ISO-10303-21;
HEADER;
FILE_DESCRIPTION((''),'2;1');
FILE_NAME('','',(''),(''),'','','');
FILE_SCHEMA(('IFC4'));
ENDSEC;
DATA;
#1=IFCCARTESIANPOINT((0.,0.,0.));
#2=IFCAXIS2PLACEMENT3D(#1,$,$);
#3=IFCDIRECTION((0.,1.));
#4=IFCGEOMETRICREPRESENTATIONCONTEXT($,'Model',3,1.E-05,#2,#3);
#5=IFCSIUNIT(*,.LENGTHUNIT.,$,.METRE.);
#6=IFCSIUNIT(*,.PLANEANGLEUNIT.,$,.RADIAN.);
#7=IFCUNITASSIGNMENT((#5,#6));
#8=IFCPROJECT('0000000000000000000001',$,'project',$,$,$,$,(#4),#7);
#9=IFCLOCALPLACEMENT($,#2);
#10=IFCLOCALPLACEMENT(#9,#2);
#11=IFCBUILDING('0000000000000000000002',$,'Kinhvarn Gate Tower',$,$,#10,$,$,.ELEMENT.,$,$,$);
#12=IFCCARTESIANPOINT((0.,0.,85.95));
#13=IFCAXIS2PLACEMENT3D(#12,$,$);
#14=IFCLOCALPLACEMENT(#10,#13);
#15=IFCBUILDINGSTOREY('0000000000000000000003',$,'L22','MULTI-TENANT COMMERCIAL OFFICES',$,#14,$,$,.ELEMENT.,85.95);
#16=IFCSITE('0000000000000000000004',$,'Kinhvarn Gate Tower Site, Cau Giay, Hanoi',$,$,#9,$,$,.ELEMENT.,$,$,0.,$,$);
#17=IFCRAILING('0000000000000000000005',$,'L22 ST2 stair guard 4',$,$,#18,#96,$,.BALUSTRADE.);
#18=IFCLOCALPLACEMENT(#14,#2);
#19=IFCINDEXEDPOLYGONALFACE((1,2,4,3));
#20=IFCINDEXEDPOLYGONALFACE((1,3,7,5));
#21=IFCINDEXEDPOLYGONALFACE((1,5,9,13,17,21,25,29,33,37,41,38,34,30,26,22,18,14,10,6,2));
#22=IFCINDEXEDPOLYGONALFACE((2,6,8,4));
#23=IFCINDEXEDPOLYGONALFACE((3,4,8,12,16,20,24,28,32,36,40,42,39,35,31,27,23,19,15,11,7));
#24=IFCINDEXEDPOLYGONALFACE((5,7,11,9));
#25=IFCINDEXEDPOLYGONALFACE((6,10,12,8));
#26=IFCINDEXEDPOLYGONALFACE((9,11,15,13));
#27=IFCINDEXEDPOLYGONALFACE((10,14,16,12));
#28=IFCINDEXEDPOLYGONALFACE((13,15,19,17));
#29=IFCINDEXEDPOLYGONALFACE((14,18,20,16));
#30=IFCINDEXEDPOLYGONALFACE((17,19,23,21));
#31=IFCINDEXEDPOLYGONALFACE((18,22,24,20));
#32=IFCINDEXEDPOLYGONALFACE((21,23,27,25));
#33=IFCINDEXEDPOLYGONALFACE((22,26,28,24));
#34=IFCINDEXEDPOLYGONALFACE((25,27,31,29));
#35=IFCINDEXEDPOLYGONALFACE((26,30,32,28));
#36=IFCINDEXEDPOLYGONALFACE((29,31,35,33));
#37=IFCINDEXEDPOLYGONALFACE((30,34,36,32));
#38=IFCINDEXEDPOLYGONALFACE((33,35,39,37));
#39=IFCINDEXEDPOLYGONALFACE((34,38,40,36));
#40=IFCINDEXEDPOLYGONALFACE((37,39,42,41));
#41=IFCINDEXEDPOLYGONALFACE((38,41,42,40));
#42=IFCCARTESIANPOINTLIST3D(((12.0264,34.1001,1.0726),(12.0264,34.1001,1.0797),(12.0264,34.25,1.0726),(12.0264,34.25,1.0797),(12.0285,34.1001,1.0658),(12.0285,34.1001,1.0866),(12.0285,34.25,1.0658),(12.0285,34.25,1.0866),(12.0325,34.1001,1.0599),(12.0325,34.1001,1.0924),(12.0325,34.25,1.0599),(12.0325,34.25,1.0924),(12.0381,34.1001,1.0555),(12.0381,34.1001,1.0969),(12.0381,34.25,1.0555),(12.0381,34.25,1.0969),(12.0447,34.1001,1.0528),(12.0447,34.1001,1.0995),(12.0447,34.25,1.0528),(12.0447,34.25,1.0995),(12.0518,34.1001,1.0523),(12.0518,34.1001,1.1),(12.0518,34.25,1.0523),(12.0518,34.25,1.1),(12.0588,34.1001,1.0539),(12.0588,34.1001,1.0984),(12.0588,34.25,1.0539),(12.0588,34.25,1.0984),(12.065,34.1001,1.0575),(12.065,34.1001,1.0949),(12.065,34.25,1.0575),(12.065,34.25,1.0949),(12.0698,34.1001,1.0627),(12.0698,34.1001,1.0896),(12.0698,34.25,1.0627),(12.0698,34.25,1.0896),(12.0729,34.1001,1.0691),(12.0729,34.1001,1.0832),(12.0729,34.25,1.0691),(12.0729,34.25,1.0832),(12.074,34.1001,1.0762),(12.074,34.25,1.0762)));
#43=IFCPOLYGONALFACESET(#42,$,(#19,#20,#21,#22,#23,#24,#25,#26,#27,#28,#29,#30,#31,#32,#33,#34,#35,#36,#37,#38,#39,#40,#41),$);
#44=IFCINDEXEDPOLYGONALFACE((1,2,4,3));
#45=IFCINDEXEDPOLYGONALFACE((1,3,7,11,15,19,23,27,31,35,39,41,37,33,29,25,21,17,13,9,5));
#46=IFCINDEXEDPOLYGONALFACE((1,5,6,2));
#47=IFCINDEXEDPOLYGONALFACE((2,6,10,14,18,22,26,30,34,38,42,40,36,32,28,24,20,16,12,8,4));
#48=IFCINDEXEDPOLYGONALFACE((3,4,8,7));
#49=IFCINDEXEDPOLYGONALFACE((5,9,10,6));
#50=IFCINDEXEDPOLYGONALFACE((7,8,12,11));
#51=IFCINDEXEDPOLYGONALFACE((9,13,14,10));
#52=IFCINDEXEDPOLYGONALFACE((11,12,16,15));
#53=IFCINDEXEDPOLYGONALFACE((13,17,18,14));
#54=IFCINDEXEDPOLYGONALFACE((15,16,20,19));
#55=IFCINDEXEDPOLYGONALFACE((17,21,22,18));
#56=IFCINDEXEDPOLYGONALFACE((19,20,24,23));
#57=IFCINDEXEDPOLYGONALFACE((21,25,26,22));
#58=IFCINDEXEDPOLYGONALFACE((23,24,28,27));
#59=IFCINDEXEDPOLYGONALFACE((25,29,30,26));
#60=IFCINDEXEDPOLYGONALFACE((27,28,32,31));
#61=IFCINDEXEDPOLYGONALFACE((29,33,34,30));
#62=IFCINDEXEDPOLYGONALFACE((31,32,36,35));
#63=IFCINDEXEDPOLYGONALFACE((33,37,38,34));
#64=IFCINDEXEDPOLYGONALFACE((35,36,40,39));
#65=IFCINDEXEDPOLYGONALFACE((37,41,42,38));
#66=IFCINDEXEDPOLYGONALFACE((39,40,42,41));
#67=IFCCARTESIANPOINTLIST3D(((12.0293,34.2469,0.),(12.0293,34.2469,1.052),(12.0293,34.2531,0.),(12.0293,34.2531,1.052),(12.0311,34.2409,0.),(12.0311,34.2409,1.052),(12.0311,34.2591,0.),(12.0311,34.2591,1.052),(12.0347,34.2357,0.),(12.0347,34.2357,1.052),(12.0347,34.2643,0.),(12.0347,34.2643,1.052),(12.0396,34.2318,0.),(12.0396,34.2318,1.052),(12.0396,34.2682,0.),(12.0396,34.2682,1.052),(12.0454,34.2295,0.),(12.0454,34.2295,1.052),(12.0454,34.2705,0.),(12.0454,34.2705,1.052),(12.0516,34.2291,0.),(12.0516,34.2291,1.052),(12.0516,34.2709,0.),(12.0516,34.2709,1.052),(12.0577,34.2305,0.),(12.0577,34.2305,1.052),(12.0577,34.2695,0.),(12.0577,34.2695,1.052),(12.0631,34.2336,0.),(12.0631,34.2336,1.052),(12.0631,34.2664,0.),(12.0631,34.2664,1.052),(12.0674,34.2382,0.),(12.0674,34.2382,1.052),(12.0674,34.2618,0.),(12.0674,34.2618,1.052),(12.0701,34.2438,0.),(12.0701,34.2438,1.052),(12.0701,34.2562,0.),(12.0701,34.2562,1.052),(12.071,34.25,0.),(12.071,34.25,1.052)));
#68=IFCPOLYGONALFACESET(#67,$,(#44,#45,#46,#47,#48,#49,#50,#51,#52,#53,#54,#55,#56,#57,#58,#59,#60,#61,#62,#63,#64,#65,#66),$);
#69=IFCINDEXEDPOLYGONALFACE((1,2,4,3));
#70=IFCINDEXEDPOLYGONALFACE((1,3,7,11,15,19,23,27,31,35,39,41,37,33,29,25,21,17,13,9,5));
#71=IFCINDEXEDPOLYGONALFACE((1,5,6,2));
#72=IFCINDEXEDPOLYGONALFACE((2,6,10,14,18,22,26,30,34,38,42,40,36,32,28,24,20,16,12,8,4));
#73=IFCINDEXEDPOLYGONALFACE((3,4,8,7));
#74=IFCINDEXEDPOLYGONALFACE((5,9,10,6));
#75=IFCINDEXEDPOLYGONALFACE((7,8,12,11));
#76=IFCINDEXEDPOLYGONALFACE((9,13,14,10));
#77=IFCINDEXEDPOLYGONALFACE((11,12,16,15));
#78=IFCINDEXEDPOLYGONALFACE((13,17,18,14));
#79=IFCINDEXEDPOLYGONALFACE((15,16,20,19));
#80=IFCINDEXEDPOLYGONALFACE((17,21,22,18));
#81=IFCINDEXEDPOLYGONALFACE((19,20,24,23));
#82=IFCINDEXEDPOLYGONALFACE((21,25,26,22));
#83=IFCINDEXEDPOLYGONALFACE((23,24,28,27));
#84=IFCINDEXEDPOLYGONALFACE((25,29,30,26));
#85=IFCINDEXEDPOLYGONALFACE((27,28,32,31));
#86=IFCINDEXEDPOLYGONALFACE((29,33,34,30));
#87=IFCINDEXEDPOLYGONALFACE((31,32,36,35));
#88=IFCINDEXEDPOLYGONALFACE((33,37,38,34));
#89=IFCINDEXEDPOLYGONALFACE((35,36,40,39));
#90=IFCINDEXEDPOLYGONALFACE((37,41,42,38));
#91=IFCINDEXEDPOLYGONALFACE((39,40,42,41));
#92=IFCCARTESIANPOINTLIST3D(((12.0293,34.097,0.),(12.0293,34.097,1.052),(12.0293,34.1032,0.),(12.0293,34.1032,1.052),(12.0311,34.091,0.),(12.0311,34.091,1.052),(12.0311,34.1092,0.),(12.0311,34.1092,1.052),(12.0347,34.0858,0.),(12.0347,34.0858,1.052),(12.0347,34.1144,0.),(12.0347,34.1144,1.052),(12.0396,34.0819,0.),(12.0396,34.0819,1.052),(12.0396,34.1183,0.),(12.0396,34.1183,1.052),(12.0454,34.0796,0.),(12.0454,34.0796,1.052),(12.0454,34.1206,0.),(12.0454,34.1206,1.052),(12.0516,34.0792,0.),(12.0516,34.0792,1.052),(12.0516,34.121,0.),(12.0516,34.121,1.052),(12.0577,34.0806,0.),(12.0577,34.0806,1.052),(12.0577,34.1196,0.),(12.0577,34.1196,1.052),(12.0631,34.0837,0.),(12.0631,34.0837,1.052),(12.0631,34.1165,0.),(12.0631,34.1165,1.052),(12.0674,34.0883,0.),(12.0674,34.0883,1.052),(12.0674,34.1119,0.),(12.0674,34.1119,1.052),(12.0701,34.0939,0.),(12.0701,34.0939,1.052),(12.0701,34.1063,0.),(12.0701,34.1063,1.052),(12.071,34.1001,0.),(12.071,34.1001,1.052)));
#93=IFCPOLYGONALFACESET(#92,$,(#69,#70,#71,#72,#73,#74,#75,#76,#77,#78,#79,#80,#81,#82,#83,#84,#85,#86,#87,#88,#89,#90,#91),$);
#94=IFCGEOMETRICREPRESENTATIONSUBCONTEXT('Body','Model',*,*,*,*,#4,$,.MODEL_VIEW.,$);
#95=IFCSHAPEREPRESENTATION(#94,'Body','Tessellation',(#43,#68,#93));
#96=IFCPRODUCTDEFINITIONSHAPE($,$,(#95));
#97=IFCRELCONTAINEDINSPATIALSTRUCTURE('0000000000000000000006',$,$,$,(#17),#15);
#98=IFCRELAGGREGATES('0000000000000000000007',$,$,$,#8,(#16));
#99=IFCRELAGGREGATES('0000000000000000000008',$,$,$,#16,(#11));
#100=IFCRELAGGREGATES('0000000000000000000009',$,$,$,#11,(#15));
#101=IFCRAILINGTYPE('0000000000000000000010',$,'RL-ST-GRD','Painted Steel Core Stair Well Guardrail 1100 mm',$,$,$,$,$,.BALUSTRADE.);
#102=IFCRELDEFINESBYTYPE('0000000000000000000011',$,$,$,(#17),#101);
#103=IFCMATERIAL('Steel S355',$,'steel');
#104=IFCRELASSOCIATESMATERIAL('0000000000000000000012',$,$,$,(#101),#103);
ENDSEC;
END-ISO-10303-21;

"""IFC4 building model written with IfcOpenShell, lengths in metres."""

from ifc_helpers import new_model, si_unit, direction, frame, origin, origin_2d, place, context, subcontext, project, spatial, circle, extrude, material, type_object, element, save


model = new_model("IFC4")

# Units and contexts
model_context = context("Model", 3, precision=1e-05, world=origin(), true_north=direction((0.0, 1.0)))
body_context = subcontext(model_context, "Body", "Model", "MODEL_VIEW")
ifc_project = project(units=[si_unit("LENGTHUNIT", "METRE"), si_unit("PLANEANGLEUNIT", "RADIAN")], contexts=[model_context])

# Site, building, storey
site_placement = place(None, origin())
site = spatial("IfcSite", under=ifc_project, at=site_placement, Name="Kinhvarn Gate Tower Site, Cau Giay, Hanoi", CompositionType="ELEMENT", RefElevation=0.0)
building_placement = place(site_placement, origin())
building = spatial("IfcBuilding", under=site, at=building_placement, Name="Kinhvarn Gate Tower", CompositionType="ELEMENT")
storey_placement = place(building_placement, frame((0.0, 0.0, 85.95)))
storey = spatial("IfcBuildingStorey", under=building, at=storey_placement, Name="L22", Description="MULTI-TENANT COMMERCIAL OFFICES", CompositionType="ELEMENT", Elevation=85.95)

# Shared definitions
ifc_material_1 = material(Name="Steel S355", Category="steel")

# Railing
railing_type_1 = type_object("IfcRailingType", Name="RL-ST-GRD", Description="Painted Steel Core Stair Well Guardrail 1100 mm", PredefinedType="BALUSTRADE", material=ifc_material_1)
railing_1_placement = place(storey_placement, frame((12.05, 34.25, 0.0)))
element("IfcRailing", 1, at=railing_1_placement, inside=storey, type_object=railing_type_1, Name="L22 ST2 stair guard 4", PredefinedType="BALUSTRADE", context=body_context, shape_type="SweptSolid", body=[
    extrude(circle(Radius=0.0239, at=origin_2d()), frame((0.0, 0.0, 1.0762), z_axis=(0.0, -1.0, 0.0), x_axis=(1.0, 0.0, 0.0)), (0.0, 0.0, 1.0), 0.1499),
    extrude(circle(Radius=0.021, at=origin_2d()), origin(), (0.0, 0.0, 1.0), 1.052),
    extrude(circle(Radius=0.021, at=origin_2d()), frame((0.0, -0.1499, 0.0)), (0.0, 0.0, 1.0), 1.052),
])

save(model, "model.ifc")
